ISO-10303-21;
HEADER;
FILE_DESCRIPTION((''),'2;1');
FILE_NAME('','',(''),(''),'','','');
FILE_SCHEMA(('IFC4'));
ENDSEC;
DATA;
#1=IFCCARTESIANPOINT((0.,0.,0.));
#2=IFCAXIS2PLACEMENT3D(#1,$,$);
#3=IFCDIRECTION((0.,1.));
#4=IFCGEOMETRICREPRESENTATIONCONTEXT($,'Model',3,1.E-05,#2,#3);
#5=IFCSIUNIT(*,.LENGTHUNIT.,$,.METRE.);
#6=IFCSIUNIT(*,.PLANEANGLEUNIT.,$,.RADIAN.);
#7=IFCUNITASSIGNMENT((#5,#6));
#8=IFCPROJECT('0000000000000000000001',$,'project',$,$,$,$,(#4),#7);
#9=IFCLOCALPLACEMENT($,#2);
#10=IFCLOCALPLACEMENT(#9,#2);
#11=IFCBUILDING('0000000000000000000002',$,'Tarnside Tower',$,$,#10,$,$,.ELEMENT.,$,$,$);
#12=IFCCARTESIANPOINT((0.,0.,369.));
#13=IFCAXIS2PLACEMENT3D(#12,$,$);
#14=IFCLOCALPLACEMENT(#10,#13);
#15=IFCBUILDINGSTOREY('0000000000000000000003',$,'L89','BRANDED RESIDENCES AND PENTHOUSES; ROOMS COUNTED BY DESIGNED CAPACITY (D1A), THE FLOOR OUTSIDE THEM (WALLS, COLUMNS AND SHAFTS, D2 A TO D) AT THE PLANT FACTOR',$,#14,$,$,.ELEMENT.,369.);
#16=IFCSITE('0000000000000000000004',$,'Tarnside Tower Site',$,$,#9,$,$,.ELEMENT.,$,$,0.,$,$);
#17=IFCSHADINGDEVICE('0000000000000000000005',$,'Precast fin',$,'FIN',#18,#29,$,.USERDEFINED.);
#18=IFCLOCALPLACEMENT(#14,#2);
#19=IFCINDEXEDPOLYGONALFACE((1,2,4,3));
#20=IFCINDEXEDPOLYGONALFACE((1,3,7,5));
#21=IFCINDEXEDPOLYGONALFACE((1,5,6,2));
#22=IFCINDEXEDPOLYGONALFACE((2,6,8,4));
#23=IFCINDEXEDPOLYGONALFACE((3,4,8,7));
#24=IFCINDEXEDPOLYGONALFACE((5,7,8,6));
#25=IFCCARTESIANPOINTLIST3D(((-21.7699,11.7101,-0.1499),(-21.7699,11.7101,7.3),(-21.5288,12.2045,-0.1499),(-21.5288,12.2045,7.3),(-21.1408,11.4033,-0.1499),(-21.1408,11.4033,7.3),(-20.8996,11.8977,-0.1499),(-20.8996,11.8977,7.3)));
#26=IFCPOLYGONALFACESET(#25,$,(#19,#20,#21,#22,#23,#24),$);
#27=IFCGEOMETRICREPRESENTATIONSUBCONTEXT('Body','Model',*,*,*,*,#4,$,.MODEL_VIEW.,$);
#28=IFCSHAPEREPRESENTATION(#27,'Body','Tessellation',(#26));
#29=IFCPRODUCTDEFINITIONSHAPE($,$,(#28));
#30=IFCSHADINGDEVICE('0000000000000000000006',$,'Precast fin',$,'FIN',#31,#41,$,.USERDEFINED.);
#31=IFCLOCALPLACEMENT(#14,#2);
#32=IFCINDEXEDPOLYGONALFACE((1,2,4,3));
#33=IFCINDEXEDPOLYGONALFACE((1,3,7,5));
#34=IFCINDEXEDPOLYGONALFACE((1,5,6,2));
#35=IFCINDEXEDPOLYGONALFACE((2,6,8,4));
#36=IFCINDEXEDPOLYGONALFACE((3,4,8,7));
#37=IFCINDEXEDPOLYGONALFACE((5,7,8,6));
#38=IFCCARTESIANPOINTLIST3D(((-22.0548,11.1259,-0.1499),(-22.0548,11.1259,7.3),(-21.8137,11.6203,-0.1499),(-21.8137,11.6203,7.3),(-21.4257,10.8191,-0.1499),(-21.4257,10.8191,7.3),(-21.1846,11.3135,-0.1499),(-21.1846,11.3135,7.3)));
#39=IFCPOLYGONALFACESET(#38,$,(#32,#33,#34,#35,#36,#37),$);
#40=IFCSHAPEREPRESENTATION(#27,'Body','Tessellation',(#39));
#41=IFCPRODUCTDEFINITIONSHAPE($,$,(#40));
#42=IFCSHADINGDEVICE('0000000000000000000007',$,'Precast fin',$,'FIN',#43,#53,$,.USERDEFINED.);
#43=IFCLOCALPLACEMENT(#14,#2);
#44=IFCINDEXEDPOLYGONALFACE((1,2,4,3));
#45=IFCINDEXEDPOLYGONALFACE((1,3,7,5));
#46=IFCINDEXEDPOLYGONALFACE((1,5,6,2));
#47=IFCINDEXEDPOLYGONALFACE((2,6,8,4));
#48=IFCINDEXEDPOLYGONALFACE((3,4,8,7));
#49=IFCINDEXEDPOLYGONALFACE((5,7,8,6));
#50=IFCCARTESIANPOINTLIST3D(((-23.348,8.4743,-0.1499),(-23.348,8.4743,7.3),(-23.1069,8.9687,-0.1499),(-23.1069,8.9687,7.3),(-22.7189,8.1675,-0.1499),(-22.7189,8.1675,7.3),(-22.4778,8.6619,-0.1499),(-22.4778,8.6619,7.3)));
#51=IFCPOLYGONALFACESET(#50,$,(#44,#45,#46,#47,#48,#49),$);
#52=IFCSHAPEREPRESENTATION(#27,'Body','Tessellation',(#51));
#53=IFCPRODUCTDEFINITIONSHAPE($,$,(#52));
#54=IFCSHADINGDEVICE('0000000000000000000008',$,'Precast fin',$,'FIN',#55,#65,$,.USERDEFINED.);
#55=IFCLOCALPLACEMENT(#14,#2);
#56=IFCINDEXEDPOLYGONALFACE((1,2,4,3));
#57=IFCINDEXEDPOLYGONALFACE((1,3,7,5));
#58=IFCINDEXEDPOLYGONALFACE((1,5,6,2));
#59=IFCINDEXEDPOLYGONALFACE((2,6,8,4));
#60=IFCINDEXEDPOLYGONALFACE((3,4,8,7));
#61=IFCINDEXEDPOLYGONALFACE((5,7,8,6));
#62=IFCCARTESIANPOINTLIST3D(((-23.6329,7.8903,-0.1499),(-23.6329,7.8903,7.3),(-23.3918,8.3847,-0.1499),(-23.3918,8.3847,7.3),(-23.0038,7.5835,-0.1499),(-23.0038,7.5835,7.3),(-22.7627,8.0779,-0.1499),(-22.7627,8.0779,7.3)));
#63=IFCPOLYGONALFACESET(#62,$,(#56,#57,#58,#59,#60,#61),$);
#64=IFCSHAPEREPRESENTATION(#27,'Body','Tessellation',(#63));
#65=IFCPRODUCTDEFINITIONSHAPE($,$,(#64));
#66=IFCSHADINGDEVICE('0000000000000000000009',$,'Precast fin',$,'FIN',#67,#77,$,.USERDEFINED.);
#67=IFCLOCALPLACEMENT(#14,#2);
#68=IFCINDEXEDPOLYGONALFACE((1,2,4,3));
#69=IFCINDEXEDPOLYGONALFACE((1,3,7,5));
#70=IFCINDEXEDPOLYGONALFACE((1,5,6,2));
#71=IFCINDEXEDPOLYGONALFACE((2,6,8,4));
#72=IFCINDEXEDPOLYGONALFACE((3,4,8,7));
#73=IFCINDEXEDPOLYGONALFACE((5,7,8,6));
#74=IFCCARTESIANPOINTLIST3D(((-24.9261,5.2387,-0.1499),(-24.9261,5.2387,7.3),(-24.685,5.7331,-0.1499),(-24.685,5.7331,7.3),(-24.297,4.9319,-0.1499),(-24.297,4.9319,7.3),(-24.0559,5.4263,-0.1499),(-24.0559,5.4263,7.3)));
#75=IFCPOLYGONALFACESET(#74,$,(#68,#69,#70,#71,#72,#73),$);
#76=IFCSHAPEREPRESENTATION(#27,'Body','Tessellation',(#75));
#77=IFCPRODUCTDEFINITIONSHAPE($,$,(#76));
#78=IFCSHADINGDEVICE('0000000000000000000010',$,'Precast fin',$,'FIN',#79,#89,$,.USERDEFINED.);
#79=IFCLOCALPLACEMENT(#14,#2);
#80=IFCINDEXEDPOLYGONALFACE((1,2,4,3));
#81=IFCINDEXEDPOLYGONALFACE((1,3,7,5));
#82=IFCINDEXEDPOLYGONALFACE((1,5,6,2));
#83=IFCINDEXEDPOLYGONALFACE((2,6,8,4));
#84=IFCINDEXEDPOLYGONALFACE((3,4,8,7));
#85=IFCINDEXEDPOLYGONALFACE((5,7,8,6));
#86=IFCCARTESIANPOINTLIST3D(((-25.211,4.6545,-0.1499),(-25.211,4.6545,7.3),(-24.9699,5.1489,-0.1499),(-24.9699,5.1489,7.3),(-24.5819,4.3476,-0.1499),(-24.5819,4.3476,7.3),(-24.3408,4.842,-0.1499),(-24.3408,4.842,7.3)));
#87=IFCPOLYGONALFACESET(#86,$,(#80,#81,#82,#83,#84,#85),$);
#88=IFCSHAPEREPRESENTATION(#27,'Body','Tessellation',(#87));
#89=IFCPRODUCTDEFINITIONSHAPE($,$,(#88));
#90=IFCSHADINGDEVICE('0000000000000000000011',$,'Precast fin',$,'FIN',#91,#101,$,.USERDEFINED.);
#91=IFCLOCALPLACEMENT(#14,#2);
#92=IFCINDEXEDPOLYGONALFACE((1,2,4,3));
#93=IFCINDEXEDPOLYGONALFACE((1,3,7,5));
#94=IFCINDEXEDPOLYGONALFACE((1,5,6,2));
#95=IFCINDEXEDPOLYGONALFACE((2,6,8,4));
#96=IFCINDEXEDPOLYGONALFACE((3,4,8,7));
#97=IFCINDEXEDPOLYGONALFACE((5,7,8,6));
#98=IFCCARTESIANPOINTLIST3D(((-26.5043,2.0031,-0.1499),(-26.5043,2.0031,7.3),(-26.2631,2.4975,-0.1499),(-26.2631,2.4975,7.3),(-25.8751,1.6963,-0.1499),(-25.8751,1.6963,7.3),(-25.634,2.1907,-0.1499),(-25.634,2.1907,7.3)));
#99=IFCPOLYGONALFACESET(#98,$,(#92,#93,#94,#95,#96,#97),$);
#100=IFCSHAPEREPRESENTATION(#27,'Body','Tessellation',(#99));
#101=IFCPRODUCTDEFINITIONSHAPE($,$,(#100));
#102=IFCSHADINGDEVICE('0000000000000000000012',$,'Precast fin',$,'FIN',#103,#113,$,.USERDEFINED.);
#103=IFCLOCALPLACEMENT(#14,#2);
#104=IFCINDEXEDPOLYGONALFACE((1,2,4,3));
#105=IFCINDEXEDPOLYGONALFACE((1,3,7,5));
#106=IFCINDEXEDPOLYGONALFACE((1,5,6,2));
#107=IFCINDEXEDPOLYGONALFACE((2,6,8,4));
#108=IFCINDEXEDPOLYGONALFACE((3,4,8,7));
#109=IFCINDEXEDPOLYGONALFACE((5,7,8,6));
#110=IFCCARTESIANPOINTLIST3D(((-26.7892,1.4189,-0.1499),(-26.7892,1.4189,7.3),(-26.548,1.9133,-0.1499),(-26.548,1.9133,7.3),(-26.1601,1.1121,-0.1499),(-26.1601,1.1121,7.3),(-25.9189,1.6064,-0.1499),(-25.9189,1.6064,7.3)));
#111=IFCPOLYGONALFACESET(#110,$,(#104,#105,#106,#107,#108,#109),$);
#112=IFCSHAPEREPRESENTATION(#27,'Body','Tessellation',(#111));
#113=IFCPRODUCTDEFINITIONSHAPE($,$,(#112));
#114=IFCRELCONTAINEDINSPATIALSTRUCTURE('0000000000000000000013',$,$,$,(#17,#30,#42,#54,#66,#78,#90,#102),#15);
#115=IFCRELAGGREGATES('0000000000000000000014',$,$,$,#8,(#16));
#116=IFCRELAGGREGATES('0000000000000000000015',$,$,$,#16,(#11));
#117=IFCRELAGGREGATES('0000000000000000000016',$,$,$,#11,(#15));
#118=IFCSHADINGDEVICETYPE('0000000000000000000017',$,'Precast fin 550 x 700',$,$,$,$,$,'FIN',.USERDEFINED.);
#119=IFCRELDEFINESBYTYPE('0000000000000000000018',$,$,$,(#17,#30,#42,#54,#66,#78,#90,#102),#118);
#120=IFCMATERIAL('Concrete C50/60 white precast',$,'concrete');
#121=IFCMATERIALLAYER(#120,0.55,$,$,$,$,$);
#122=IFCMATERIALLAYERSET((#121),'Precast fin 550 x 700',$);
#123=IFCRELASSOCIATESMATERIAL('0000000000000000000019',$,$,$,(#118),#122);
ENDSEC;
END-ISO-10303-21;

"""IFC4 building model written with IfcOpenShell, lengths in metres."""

from ifc_helpers import new_model, si_unit, direction, frame, origin, place, context, subcontext, project, spatial, polyline, outline, extrude, material, layer, layer_set, type_object, element, save


model = new_model("IFC4")

# Units and contexts
model_context = context("Model", 3, precision=1e-05, world=origin(), true_north=direction((0.0, 1.0)))
body_context = subcontext(model_context, "Body", "Model", "MODEL_VIEW")
ifc_project = project(units=[si_unit("LENGTHUNIT", "METRE"), si_unit("PLANEANGLEUNIT", "RADIAN")], contexts=[model_context])

# Site, building, storey
site_placement = place(None, origin())
site = spatial("IfcSite", under=ifc_project, at=site_placement, Name="Tarnside Tower Site", CompositionType="ELEMENT", RefElevation=0.0)
building_placement = place(site_placement, origin())
building = spatial("IfcBuilding", under=site, at=building_placement, Name="Tarnside Tower", CompositionType="ELEMENT")
storey_placement = place(building_placement, frame((0.0, 0.0, 369.0)))
storey = spatial("IfcBuildingStorey", under=building, at=storey_placement, Name="L89", Description="BRANDED RESIDENCES AND PENTHOUSES; ROOMS COUNTED BY DESIGNED CAPACITY (D1A), THE FLOOR OUTSIDE THEM (WALLS, COLUMNS AND SHAFTS, D2 A TO D) AT THE PLANT FACTOR", CompositionType="ELEMENT", Elevation=369.0)

# Shading devices
ifc_material_1 = material(Name="Concrete C50/60 white precast", Category="concrete")
ifc_layer_1 = layer(ifc_material_1, 0.55)
ifc_layer_set_1 = layer_set([ifc_layer_1], Name="Precast fin 550 x 700")
shading_device_type_1 = type_object("IfcShadingDeviceType", Name="Precast fin 550 x 700", ElementType="FIN", PredefinedType="USERDEFINED", material=ifc_layer_set_1)
for number, where, z_axis, x_axis, name in (
    (1, (-21.0203, 11.6504, -0.1499), (0.438371, 0.898794, 0.0), (-0.898794, 0.438371, 0.0), "Precast fin"),
    (2, (-21.3052, 11.0662, -0.1499), (0.438371, 0.898794, 0.0), (-0.898794, 0.438371, 0.0), "Precast fin"),
    (3, (-22.5984, 8.4146, -0.1499), (0.438371, 0.898794, 0.0), (-0.898794, 0.438371, 0.0), "Precast fin"),
    (4, (-22.8833, 7.8306, -0.1499), (0.438371, 0.898794, 0.0), (-0.898794, 0.438371, 0.0), "Precast fin"),
    (5, (-24.1765, 5.179, -0.1499), (0.438371, 0.898794, 0.0), (-0.898794, 0.438371, 0.0), "Precast fin"),
    (6, (-24.4614, 4.5947, -0.1499), (0.438371, 0.898794, 0.0), (-0.898794, 0.438371, 0.0), "Precast fin"),
    (7, (-25.7546, 1.9434, -0.1499), (0.438371, 0.898794, 0.0), (-0.898794, 0.438371, 0.0), "Precast fin"),
    (8, (-26.0396, 1.3591, -0.1499), (0.438371, 0.898794, 0.0), (-0.898794, 0.438371, 0.0), "Precast fin"),
):
    element("IfcShadingDevice", number, at=place(storey_placement, frame(where, z_axis=z_axis, x_axis=x_axis)), inside=storey, type_object=shading_device_type_1, Name=name, ObjectType="FIN", PredefinedType="USERDEFINED", context=body_context, shape_type="SweptSolid", body=[
        extrude(outline(polyline([(0.0, 0.0), (0.7, 0.0), (0.7, 7.45), (0.0, 7.45), (0.0, 0.0)])), frame((0.0, 0.0, -0.2749)), (0.0, 0.0, 1.0), 0.55),
    ])

save(model, "model.ifc")
